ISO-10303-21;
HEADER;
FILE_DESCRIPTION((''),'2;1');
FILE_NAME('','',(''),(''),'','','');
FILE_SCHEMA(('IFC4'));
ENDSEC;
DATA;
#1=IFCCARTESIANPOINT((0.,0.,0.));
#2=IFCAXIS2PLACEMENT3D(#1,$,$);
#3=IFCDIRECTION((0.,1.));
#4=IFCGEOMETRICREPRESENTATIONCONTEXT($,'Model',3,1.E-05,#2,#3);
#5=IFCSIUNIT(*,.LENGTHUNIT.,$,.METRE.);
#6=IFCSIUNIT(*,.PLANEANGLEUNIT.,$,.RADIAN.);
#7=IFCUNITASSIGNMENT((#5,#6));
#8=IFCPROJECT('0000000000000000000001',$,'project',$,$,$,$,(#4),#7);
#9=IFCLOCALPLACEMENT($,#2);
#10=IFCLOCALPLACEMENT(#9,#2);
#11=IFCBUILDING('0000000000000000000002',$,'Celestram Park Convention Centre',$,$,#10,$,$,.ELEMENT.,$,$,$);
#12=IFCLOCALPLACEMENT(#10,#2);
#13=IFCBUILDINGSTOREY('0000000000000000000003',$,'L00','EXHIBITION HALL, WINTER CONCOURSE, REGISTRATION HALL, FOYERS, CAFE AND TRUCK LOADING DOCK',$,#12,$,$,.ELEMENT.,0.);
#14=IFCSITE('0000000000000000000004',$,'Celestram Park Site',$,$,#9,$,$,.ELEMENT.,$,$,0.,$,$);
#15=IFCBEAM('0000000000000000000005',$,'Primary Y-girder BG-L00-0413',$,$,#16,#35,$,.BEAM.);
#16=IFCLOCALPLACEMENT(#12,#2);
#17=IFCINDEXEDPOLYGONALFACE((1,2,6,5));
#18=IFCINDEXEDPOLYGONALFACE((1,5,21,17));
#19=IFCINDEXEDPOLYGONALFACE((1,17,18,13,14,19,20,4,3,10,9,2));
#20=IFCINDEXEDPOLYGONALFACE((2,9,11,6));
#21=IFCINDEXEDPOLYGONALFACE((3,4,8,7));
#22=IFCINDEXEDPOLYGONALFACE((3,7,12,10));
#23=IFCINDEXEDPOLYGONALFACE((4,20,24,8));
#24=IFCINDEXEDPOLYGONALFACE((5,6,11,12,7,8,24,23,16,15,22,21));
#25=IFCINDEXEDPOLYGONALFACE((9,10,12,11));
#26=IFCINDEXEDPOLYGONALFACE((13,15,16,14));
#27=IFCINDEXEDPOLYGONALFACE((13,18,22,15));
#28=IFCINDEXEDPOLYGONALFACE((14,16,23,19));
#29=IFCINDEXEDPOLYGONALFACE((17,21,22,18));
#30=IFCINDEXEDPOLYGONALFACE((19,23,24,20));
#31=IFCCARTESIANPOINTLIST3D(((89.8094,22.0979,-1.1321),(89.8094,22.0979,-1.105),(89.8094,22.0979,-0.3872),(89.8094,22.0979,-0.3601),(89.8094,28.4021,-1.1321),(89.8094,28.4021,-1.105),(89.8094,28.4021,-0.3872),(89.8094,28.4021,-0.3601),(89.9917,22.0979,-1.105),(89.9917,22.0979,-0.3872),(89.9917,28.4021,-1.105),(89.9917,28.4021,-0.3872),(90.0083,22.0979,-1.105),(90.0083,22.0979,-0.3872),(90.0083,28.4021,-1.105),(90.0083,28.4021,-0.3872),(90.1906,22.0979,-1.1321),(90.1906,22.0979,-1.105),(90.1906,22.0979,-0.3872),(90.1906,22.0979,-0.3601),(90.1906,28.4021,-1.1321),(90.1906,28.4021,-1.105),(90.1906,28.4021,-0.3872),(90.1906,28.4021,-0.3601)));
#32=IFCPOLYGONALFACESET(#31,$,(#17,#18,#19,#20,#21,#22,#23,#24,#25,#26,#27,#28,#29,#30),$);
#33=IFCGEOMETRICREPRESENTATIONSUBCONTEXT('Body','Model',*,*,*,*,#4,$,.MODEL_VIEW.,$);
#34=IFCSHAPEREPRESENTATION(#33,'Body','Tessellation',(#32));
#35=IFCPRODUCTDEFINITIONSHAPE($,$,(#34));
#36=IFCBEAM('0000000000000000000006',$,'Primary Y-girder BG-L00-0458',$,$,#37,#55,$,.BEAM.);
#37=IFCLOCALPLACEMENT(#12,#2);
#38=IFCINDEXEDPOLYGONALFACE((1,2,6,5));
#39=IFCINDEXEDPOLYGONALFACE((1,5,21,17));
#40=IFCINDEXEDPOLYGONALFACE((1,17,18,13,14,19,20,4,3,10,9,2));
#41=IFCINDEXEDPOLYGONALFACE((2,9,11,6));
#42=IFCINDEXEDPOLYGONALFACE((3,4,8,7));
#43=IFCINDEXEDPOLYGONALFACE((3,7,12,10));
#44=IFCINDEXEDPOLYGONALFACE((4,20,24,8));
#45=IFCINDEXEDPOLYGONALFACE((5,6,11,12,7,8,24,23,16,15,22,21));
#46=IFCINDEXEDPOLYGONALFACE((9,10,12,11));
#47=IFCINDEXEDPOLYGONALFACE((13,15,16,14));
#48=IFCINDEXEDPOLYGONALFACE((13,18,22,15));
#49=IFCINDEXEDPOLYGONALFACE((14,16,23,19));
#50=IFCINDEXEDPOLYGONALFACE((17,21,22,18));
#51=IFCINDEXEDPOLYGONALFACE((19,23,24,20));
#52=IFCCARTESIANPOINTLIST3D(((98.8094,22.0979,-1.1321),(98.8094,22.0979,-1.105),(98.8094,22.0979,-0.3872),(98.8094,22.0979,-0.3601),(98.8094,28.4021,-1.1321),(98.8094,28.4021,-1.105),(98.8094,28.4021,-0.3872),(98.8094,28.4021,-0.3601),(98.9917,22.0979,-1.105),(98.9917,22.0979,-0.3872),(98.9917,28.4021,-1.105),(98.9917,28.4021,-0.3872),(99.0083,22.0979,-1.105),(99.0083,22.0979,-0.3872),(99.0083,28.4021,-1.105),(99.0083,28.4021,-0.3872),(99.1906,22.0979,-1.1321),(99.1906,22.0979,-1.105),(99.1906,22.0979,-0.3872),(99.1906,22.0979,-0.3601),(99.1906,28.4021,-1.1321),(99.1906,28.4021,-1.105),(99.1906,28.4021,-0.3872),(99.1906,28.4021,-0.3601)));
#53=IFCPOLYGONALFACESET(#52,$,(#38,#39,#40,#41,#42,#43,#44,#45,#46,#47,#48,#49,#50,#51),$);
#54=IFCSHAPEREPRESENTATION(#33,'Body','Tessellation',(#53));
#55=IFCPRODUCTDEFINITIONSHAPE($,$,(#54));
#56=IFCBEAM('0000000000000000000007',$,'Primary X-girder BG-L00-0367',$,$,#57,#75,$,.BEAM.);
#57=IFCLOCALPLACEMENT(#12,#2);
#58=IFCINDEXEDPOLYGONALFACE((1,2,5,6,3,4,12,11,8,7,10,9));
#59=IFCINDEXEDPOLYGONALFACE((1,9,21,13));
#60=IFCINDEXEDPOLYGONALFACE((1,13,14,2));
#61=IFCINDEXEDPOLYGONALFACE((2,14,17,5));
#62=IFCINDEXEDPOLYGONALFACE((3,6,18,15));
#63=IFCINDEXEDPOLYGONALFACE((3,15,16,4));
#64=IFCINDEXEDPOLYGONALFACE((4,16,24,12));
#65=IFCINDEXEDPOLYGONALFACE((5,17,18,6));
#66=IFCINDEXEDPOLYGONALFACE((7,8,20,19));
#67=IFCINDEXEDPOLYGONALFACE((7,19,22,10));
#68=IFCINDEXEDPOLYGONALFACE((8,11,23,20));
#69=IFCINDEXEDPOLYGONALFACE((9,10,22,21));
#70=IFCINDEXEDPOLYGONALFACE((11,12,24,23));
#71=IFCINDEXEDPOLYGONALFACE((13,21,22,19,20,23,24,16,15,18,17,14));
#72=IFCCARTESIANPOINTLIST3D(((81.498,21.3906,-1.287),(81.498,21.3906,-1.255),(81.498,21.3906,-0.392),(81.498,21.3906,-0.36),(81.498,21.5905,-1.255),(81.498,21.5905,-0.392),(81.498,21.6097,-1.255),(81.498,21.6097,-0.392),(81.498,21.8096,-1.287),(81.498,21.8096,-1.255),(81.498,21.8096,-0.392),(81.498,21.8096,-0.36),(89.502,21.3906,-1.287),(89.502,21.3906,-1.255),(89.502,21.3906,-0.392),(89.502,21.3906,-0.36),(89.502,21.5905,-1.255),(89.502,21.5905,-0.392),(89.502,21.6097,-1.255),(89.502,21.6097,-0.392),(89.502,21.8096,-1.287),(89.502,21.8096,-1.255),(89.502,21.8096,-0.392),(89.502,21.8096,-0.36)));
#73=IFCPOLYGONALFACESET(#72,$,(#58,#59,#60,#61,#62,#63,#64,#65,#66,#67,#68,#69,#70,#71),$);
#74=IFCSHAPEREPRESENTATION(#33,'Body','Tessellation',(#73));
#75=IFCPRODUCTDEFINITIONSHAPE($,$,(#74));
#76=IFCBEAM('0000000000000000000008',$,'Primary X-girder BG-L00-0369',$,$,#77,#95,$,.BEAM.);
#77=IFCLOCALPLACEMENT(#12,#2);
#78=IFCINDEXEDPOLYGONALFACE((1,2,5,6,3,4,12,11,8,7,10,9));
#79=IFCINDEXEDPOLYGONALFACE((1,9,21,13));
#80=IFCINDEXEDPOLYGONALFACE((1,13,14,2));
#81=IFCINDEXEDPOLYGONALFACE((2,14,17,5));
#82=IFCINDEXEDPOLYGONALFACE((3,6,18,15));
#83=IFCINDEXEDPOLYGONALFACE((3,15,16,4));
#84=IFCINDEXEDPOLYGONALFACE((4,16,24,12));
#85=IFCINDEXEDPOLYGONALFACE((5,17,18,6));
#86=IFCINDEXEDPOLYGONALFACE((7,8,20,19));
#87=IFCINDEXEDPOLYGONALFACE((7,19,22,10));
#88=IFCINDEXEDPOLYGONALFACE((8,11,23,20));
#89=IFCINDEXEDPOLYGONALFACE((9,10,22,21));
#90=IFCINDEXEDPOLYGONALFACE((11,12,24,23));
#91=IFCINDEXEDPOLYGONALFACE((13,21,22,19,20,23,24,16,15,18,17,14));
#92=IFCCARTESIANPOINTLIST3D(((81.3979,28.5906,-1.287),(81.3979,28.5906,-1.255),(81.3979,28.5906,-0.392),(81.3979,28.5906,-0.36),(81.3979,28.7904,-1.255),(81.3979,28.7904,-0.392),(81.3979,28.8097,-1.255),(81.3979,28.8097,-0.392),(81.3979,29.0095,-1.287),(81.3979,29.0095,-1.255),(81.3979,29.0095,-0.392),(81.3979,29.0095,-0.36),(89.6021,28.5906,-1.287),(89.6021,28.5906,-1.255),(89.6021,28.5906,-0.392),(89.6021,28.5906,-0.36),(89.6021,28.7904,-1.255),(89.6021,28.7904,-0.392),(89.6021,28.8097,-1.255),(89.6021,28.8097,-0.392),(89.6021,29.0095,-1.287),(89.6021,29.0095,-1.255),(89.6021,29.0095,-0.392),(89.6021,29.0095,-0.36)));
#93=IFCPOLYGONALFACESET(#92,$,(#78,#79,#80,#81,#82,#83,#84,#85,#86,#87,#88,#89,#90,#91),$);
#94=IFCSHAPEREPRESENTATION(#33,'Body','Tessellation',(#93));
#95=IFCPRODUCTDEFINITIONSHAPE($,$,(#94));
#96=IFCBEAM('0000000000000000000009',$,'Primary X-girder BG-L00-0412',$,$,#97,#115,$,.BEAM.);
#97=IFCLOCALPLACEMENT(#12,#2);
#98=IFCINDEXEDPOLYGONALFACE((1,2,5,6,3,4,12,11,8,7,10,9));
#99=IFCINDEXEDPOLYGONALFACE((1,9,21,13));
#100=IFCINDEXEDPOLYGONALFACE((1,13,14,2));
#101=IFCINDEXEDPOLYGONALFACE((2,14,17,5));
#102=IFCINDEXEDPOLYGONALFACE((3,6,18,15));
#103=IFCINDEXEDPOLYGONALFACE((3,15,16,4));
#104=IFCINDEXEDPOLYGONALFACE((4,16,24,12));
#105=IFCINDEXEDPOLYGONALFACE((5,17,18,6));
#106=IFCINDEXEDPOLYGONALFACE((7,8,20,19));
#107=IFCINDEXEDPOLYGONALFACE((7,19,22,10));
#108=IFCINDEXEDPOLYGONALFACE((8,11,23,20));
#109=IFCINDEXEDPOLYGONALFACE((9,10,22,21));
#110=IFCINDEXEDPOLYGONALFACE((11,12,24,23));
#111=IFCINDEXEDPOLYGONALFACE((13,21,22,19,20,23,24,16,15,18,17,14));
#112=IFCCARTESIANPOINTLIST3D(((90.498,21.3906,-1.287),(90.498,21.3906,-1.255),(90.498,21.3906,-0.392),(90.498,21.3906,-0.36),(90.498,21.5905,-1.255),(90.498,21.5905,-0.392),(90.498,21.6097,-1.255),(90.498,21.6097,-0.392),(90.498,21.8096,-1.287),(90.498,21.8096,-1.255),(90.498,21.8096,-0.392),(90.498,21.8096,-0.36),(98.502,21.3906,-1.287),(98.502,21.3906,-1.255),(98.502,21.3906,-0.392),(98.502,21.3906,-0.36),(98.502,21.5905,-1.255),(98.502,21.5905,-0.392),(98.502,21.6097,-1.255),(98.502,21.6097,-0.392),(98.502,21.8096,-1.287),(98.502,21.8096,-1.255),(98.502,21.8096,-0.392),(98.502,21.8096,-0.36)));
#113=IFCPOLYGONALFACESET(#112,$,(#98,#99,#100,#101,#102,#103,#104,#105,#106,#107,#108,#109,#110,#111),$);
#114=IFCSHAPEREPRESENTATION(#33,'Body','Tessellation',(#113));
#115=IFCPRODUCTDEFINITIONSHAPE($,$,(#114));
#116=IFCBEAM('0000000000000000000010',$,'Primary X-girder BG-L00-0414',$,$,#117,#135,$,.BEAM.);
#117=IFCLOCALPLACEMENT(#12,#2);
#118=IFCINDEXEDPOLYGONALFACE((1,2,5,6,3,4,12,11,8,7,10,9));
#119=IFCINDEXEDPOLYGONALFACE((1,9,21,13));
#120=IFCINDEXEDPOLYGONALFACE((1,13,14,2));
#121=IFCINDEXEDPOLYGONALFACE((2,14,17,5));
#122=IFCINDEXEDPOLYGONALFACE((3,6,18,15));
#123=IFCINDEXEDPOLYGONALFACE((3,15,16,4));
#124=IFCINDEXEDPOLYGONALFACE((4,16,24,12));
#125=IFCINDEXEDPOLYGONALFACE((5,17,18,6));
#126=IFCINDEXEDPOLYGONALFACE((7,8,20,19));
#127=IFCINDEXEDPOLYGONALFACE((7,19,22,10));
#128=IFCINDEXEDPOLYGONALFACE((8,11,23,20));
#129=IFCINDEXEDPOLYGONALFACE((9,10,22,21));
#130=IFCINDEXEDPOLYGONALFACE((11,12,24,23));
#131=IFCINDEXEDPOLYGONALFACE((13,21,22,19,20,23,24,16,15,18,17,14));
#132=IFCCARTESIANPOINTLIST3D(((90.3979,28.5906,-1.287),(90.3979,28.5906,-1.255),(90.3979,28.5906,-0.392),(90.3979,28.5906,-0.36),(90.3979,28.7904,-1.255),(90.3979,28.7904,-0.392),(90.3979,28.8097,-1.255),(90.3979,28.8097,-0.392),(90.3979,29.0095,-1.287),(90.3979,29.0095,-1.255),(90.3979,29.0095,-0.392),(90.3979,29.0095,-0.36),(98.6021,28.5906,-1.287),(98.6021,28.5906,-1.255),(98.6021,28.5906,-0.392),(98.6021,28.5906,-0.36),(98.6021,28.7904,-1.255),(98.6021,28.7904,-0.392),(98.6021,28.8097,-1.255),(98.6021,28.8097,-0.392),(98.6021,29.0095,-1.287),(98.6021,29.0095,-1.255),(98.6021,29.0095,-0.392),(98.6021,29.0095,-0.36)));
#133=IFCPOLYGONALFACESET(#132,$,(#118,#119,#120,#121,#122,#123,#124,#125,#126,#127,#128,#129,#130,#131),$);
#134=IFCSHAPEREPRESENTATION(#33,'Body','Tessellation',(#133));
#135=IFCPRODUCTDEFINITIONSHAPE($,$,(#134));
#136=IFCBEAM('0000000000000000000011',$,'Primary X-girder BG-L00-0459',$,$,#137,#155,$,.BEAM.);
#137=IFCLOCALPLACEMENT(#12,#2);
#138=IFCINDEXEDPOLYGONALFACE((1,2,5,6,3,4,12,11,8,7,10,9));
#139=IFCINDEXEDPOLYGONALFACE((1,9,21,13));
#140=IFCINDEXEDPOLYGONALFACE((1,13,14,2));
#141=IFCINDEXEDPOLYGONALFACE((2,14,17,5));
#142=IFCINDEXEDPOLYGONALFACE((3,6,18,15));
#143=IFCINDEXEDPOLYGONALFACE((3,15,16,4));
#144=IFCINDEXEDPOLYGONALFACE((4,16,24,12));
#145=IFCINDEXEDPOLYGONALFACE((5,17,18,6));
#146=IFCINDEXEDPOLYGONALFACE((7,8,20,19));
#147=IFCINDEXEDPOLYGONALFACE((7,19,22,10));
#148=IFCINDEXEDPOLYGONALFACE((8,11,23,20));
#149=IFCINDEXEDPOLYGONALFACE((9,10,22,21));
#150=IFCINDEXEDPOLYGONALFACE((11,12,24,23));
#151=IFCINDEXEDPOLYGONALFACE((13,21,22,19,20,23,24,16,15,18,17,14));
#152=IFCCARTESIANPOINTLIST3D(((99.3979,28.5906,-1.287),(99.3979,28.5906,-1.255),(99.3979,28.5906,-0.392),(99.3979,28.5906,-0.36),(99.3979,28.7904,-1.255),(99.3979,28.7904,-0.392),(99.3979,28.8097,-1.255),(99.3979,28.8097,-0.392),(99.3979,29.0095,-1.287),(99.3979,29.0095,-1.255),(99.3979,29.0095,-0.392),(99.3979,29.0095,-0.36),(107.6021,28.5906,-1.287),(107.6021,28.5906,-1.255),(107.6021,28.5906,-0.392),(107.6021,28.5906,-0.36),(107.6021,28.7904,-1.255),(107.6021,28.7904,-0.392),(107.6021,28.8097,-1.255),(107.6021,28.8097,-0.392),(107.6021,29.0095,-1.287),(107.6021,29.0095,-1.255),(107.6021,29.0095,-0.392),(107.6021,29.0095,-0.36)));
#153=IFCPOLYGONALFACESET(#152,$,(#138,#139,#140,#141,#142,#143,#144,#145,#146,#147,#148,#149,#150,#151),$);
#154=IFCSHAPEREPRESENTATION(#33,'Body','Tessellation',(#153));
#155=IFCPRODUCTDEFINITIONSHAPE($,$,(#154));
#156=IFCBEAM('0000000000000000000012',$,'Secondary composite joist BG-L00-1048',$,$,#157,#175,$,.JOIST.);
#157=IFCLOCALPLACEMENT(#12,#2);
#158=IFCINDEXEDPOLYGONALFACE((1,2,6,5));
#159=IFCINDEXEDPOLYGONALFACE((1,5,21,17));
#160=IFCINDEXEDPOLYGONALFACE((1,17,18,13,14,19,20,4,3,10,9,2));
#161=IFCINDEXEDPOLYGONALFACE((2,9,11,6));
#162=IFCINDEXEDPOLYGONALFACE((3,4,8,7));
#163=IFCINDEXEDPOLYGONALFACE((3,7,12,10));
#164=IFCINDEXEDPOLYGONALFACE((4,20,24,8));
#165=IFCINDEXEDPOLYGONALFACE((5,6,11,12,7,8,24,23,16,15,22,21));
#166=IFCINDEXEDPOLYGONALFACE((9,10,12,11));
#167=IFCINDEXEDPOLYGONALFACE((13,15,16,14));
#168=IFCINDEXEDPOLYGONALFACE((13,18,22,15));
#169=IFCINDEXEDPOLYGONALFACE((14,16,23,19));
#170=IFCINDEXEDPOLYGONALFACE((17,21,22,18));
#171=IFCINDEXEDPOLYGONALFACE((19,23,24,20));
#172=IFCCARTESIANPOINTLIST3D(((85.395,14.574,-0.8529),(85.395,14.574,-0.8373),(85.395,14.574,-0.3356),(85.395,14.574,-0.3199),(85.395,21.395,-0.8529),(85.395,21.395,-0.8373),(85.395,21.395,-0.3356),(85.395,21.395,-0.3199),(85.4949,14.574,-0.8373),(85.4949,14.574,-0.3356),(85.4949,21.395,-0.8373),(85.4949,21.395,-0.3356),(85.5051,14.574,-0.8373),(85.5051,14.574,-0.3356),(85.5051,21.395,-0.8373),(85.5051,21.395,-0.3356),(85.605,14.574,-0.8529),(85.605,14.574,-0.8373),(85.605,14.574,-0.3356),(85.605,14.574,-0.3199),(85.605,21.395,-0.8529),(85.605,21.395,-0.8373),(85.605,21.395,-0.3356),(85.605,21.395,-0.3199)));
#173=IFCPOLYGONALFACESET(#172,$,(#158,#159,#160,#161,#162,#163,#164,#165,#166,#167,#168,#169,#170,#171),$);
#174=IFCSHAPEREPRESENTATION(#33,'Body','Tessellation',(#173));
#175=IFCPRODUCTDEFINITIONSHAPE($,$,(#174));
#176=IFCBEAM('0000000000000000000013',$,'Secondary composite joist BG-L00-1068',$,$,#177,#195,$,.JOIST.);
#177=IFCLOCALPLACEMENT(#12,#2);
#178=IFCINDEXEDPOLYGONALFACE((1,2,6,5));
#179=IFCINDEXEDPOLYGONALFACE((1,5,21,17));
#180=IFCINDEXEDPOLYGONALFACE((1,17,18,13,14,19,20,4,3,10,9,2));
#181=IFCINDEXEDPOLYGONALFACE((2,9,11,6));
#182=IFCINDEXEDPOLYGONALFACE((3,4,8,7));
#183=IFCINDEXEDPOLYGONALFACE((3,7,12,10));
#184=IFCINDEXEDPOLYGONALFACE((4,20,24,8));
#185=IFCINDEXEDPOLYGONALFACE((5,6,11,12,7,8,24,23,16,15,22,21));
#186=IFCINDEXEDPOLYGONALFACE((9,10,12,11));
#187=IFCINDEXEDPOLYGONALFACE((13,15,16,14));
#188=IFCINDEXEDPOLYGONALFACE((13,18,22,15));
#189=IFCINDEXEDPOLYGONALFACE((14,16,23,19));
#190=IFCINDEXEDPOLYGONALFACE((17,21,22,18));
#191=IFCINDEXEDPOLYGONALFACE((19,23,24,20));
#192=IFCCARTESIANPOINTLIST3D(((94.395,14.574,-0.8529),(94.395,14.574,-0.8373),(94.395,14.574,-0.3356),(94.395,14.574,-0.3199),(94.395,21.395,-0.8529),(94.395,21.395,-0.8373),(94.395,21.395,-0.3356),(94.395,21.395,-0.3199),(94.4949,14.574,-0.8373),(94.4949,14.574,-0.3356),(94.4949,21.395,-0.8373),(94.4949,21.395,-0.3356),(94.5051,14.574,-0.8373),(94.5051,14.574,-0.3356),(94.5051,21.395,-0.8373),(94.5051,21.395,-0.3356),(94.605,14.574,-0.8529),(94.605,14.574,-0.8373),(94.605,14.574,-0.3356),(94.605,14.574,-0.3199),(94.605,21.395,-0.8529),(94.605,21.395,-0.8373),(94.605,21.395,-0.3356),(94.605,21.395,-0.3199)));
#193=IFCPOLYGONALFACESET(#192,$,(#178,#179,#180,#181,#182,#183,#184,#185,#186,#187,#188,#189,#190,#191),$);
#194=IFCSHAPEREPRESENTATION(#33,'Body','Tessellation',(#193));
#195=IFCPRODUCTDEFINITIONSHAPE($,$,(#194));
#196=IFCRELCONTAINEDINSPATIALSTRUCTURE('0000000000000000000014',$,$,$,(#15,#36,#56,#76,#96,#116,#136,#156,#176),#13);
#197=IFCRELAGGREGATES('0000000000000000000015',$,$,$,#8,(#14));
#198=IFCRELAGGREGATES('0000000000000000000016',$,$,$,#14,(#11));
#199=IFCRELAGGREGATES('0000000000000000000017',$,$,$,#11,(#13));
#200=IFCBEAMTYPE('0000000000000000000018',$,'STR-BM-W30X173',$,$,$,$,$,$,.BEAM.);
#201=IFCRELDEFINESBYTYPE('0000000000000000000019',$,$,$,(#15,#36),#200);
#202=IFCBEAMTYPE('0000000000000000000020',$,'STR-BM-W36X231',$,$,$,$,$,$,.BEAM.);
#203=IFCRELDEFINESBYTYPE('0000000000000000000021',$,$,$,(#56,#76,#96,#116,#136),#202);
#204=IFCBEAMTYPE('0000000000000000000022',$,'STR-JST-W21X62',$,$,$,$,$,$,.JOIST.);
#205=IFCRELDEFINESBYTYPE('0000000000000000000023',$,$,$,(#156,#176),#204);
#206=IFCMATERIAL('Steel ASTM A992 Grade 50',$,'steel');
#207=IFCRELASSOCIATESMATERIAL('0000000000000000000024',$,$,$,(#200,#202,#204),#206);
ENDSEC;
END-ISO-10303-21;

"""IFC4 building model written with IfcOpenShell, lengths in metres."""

from ifc_helpers import new_model, si_unit, direction, frame, origin, origin_2d, place, context, subcontext, project, spatial, i_section, extrude, material, material_profile, profile_set, type_object, element, save


model = new_model("IFC4")

# Units and contexts
model_context = context("Model", 3, precision=1e-05, world=origin(), true_north=direction((0.0, 1.0)))
body_context = subcontext(model_context, "Body", "Model", "MODEL_VIEW")
ifc_project = project(units=[si_unit("LENGTHUNIT", "METRE"), si_unit("PLANEANGLEUNIT", "RADIAN")], contexts=[model_context])

# Site, building, storey
site_placement = place(None, origin())
site = spatial("IfcSite", under=ifc_project, at=site_placement, Name="Celestram Park Site", CompositionType="ELEMENT", RefElevation=0.0)
building_placement = place(site_placement, origin())
building = spatial("IfcBuilding", under=site, at=building_placement, Name="Celestram Park Convention Centre", CompositionType="ELEMENT")
storey_placement = place(building_placement, origin())
storey = spatial("IfcBuildingStorey", under=building, at=storey_placement, Name="L00", Description="EXHIBITION HALL, WINTER CONCOURSE, REGISTRATION HALL, FOYERS, CAFE AND TRUCK LOADING DOCK", CompositionType="ELEMENT", Elevation=0.0)

# Shared definitions
ifc_material_1 = material(Name="Steel ASTM A992 Grade 50", Category="steel")

# Beams
ifc_material_profile_1 = material_profile(ifc_material_1, i_section(OverallWidth=0.3811, OverallDepth=0.772, WebThickness=0.0166, FlangeThickness=0.0271, at=origin_2d()), Name="W30X173")
ifc_profile_set_1 = profile_set([ifc_material_profile_1], Name="Steel ASTM A992 Grade 50")
beam_type_1 = type_object("IfcBeamType", Name="STR-BM-W30X173", PredefinedType="BEAM", material=ifc_profile_set_1)
for number, where, z_axis, x_axis, name in (
    (1, (90.0, 22.0979, -0.7461), (0.0, 1.0, 0.0), (-1.0, 0.0, 0.0), "Primary Y-girder BG-L00-0413"),
    (2, (99.0, 22.0979, -0.7461), (0.0, 1.0, 0.0), (-1.0, 0.0, 0.0), "Primary Y-girder BG-L00-0458"),
):
    element("IfcBeam", number, at=place(storey_placement, frame(where, z_axis=z_axis, x_axis=x_axis)), inside=storey, type_object=beam_type_1, Name=name, PredefinedType="BEAM", context=body_context, shape_type="SweptSolid", body=[
        extrude(i_section(OverallWidth=0.3811, OverallDepth=0.772, WebThickness=0.0166, FlangeThickness=0.0271, at=origin_2d()), origin(), (0.0, 0.0, 1.0), 6.3042),
    ])
ifc_material_profile_2 = material_profile(ifc_material_1, i_section(OverallWidth=0.4189, OverallDepth=0.927, WebThickness=0.0193, FlangeThickness=0.032, at=origin_2d()), Name="W36X231")
ifc_profile_set_2 = profile_set([ifc_material_profile_2], Name="Steel ASTM A992 Grade 50")
beam_type_2 = type_object("IfcBeamType", Name="STR-BM-W36X231", PredefinedType="BEAM", material=ifc_profile_set_2)
beam_1_placement = place(storey_placement, frame((81.498, 21.6001, -0.8235), z_axis=(1.0, 0.0, 0.0), x_axis=(0.0, 1.0, 0.0)))
element("IfcBeam", 3, at=beam_1_placement, inside=storey, type_object=beam_type_2, Name="Primary X-girder BG-L00-0367", PredefinedType="BEAM", context=body_context, shape_type="SweptSolid", body=[
    extrude(i_section(OverallWidth=0.4189, OverallDepth=0.927, WebThickness=0.0193, FlangeThickness=0.032, at=origin_2d()), origin(), (0.0, 0.0, 1.0), 8.0039),
])
beam_2_placement = place(storey_placement, frame((81.3979, 28.8, -0.8235), z_axis=(1.0, 0.0, 0.0), x_axis=(0.0, 1.0, 0.0)))
element("IfcBeam", 4, at=beam_2_placement, inside=storey, type_object=beam_type_2, Name="Primary X-girder BG-L00-0369", PredefinedType="BEAM", context=body_context, shape_type="SweptSolid", body=[
    extrude(i_section(OverallWidth=0.4189, OverallDepth=0.927, WebThickness=0.0193, FlangeThickness=0.032, at=origin_2d()), origin(), (0.0, 0.0, 1.0), 8.2041),
])
beam_3_placement = place(storey_placement, frame((90.498, 21.6001, -0.8235), z_axis=(1.0, 0.0, 0.0), x_axis=(0.0, 1.0, 0.0)))
element("IfcBeam", 5, at=beam_3_placement, inside=storey, type_object=beam_type_2, Name="Primary X-girder BG-L00-0412", PredefinedType="BEAM", context=body_context, shape_type="SweptSolid", body=[
    extrude(i_section(OverallWidth=0.4189, OverallDepth=0.927, WebThickness=0.0193, FlangeThickness=0.032, at=origin_2d()), origin(), (0.0, 0.0, 1.0), 8.0039),
])
for number, where, z_axis, x_axis, name in (
    (6, (90.3979, 28.8, -0.8235), (1.0, 0.0, 0.0), (0.0, 1.0, 0.0), "Primary X-girder BG-L00-0414"),
    (7, (99.3979, 28.8, -0.8235), (1.0, 0.0, 0.0), (0.0, 1.0, 0.0), "Primary X-girder BG-L00-0459"),
):
    element("IfcBeam", number, at=place(storey_placement, frame(where, z_axis=z_axis, x_axis=x_axis)), inside=storey, type_object=beam_type_2, Name=name, PredefinedType="BEAM", context=body_context, shape_type="SweptSolid", body=[
        extrude(i_section(OverallWidth=0.4189, OverallDepth=0.927, WebThickness=0.0193, FlangeThickness=0.032, at=origin_2d()), origin(), (0.0, 0.0, 1.0), 8.2041),
    ])
ifc_material_profile_3 = material_profile(ifc_material_1, i_section(OverallWidth=0.21, OverallDepth=0.533, WebThickness=0.0103, FlangeThickness=0.0156, at=origin_2d()), Name="W21X62")
ifc_profile_set_3 = profile_set([ifc_material_profile_3], Name="Steel ASTM A992 Grade 50")
beam_type_3 = type_object("IfcBeamType", Name="STR-JST-W21X62", PredefinedType="JOIST", material=ifc_profile_set_3)
for number, where, z_axis, x_axis, name in (
    (8, (85.5, 14.574, -0.5864), (0.0, 1.0, 0.0), (-1.0, 0.0, 0.0), "Secondary composite joist BG-L00-1048"),
    (9, (94.5, 14.574, -0.5864), (0.0, 1.0, 0.0), (-1.0, 0.0, 0.0), "Secondary composite joist BG-L00-1068"),
):
    element("IfcBeam", number, at=place(storey_placement, frame(where, z_axis=z_axis, x_axis=x_axis)), inside=storey, type_object=beam_type_3, Name=name, PredefinedType="JOIST", context=body_context, shape_type="SweptSolid", body=[
        extrude(i_section(OverallWidth=0.21, OverallDepth=0.533, WebThickness=0.0103, FlangeThickness=0.0156, at=origin_2d()), origin(), (0.0, 0.0, 1.0), 6.821),
    ])

save(model, "model.ifc")
